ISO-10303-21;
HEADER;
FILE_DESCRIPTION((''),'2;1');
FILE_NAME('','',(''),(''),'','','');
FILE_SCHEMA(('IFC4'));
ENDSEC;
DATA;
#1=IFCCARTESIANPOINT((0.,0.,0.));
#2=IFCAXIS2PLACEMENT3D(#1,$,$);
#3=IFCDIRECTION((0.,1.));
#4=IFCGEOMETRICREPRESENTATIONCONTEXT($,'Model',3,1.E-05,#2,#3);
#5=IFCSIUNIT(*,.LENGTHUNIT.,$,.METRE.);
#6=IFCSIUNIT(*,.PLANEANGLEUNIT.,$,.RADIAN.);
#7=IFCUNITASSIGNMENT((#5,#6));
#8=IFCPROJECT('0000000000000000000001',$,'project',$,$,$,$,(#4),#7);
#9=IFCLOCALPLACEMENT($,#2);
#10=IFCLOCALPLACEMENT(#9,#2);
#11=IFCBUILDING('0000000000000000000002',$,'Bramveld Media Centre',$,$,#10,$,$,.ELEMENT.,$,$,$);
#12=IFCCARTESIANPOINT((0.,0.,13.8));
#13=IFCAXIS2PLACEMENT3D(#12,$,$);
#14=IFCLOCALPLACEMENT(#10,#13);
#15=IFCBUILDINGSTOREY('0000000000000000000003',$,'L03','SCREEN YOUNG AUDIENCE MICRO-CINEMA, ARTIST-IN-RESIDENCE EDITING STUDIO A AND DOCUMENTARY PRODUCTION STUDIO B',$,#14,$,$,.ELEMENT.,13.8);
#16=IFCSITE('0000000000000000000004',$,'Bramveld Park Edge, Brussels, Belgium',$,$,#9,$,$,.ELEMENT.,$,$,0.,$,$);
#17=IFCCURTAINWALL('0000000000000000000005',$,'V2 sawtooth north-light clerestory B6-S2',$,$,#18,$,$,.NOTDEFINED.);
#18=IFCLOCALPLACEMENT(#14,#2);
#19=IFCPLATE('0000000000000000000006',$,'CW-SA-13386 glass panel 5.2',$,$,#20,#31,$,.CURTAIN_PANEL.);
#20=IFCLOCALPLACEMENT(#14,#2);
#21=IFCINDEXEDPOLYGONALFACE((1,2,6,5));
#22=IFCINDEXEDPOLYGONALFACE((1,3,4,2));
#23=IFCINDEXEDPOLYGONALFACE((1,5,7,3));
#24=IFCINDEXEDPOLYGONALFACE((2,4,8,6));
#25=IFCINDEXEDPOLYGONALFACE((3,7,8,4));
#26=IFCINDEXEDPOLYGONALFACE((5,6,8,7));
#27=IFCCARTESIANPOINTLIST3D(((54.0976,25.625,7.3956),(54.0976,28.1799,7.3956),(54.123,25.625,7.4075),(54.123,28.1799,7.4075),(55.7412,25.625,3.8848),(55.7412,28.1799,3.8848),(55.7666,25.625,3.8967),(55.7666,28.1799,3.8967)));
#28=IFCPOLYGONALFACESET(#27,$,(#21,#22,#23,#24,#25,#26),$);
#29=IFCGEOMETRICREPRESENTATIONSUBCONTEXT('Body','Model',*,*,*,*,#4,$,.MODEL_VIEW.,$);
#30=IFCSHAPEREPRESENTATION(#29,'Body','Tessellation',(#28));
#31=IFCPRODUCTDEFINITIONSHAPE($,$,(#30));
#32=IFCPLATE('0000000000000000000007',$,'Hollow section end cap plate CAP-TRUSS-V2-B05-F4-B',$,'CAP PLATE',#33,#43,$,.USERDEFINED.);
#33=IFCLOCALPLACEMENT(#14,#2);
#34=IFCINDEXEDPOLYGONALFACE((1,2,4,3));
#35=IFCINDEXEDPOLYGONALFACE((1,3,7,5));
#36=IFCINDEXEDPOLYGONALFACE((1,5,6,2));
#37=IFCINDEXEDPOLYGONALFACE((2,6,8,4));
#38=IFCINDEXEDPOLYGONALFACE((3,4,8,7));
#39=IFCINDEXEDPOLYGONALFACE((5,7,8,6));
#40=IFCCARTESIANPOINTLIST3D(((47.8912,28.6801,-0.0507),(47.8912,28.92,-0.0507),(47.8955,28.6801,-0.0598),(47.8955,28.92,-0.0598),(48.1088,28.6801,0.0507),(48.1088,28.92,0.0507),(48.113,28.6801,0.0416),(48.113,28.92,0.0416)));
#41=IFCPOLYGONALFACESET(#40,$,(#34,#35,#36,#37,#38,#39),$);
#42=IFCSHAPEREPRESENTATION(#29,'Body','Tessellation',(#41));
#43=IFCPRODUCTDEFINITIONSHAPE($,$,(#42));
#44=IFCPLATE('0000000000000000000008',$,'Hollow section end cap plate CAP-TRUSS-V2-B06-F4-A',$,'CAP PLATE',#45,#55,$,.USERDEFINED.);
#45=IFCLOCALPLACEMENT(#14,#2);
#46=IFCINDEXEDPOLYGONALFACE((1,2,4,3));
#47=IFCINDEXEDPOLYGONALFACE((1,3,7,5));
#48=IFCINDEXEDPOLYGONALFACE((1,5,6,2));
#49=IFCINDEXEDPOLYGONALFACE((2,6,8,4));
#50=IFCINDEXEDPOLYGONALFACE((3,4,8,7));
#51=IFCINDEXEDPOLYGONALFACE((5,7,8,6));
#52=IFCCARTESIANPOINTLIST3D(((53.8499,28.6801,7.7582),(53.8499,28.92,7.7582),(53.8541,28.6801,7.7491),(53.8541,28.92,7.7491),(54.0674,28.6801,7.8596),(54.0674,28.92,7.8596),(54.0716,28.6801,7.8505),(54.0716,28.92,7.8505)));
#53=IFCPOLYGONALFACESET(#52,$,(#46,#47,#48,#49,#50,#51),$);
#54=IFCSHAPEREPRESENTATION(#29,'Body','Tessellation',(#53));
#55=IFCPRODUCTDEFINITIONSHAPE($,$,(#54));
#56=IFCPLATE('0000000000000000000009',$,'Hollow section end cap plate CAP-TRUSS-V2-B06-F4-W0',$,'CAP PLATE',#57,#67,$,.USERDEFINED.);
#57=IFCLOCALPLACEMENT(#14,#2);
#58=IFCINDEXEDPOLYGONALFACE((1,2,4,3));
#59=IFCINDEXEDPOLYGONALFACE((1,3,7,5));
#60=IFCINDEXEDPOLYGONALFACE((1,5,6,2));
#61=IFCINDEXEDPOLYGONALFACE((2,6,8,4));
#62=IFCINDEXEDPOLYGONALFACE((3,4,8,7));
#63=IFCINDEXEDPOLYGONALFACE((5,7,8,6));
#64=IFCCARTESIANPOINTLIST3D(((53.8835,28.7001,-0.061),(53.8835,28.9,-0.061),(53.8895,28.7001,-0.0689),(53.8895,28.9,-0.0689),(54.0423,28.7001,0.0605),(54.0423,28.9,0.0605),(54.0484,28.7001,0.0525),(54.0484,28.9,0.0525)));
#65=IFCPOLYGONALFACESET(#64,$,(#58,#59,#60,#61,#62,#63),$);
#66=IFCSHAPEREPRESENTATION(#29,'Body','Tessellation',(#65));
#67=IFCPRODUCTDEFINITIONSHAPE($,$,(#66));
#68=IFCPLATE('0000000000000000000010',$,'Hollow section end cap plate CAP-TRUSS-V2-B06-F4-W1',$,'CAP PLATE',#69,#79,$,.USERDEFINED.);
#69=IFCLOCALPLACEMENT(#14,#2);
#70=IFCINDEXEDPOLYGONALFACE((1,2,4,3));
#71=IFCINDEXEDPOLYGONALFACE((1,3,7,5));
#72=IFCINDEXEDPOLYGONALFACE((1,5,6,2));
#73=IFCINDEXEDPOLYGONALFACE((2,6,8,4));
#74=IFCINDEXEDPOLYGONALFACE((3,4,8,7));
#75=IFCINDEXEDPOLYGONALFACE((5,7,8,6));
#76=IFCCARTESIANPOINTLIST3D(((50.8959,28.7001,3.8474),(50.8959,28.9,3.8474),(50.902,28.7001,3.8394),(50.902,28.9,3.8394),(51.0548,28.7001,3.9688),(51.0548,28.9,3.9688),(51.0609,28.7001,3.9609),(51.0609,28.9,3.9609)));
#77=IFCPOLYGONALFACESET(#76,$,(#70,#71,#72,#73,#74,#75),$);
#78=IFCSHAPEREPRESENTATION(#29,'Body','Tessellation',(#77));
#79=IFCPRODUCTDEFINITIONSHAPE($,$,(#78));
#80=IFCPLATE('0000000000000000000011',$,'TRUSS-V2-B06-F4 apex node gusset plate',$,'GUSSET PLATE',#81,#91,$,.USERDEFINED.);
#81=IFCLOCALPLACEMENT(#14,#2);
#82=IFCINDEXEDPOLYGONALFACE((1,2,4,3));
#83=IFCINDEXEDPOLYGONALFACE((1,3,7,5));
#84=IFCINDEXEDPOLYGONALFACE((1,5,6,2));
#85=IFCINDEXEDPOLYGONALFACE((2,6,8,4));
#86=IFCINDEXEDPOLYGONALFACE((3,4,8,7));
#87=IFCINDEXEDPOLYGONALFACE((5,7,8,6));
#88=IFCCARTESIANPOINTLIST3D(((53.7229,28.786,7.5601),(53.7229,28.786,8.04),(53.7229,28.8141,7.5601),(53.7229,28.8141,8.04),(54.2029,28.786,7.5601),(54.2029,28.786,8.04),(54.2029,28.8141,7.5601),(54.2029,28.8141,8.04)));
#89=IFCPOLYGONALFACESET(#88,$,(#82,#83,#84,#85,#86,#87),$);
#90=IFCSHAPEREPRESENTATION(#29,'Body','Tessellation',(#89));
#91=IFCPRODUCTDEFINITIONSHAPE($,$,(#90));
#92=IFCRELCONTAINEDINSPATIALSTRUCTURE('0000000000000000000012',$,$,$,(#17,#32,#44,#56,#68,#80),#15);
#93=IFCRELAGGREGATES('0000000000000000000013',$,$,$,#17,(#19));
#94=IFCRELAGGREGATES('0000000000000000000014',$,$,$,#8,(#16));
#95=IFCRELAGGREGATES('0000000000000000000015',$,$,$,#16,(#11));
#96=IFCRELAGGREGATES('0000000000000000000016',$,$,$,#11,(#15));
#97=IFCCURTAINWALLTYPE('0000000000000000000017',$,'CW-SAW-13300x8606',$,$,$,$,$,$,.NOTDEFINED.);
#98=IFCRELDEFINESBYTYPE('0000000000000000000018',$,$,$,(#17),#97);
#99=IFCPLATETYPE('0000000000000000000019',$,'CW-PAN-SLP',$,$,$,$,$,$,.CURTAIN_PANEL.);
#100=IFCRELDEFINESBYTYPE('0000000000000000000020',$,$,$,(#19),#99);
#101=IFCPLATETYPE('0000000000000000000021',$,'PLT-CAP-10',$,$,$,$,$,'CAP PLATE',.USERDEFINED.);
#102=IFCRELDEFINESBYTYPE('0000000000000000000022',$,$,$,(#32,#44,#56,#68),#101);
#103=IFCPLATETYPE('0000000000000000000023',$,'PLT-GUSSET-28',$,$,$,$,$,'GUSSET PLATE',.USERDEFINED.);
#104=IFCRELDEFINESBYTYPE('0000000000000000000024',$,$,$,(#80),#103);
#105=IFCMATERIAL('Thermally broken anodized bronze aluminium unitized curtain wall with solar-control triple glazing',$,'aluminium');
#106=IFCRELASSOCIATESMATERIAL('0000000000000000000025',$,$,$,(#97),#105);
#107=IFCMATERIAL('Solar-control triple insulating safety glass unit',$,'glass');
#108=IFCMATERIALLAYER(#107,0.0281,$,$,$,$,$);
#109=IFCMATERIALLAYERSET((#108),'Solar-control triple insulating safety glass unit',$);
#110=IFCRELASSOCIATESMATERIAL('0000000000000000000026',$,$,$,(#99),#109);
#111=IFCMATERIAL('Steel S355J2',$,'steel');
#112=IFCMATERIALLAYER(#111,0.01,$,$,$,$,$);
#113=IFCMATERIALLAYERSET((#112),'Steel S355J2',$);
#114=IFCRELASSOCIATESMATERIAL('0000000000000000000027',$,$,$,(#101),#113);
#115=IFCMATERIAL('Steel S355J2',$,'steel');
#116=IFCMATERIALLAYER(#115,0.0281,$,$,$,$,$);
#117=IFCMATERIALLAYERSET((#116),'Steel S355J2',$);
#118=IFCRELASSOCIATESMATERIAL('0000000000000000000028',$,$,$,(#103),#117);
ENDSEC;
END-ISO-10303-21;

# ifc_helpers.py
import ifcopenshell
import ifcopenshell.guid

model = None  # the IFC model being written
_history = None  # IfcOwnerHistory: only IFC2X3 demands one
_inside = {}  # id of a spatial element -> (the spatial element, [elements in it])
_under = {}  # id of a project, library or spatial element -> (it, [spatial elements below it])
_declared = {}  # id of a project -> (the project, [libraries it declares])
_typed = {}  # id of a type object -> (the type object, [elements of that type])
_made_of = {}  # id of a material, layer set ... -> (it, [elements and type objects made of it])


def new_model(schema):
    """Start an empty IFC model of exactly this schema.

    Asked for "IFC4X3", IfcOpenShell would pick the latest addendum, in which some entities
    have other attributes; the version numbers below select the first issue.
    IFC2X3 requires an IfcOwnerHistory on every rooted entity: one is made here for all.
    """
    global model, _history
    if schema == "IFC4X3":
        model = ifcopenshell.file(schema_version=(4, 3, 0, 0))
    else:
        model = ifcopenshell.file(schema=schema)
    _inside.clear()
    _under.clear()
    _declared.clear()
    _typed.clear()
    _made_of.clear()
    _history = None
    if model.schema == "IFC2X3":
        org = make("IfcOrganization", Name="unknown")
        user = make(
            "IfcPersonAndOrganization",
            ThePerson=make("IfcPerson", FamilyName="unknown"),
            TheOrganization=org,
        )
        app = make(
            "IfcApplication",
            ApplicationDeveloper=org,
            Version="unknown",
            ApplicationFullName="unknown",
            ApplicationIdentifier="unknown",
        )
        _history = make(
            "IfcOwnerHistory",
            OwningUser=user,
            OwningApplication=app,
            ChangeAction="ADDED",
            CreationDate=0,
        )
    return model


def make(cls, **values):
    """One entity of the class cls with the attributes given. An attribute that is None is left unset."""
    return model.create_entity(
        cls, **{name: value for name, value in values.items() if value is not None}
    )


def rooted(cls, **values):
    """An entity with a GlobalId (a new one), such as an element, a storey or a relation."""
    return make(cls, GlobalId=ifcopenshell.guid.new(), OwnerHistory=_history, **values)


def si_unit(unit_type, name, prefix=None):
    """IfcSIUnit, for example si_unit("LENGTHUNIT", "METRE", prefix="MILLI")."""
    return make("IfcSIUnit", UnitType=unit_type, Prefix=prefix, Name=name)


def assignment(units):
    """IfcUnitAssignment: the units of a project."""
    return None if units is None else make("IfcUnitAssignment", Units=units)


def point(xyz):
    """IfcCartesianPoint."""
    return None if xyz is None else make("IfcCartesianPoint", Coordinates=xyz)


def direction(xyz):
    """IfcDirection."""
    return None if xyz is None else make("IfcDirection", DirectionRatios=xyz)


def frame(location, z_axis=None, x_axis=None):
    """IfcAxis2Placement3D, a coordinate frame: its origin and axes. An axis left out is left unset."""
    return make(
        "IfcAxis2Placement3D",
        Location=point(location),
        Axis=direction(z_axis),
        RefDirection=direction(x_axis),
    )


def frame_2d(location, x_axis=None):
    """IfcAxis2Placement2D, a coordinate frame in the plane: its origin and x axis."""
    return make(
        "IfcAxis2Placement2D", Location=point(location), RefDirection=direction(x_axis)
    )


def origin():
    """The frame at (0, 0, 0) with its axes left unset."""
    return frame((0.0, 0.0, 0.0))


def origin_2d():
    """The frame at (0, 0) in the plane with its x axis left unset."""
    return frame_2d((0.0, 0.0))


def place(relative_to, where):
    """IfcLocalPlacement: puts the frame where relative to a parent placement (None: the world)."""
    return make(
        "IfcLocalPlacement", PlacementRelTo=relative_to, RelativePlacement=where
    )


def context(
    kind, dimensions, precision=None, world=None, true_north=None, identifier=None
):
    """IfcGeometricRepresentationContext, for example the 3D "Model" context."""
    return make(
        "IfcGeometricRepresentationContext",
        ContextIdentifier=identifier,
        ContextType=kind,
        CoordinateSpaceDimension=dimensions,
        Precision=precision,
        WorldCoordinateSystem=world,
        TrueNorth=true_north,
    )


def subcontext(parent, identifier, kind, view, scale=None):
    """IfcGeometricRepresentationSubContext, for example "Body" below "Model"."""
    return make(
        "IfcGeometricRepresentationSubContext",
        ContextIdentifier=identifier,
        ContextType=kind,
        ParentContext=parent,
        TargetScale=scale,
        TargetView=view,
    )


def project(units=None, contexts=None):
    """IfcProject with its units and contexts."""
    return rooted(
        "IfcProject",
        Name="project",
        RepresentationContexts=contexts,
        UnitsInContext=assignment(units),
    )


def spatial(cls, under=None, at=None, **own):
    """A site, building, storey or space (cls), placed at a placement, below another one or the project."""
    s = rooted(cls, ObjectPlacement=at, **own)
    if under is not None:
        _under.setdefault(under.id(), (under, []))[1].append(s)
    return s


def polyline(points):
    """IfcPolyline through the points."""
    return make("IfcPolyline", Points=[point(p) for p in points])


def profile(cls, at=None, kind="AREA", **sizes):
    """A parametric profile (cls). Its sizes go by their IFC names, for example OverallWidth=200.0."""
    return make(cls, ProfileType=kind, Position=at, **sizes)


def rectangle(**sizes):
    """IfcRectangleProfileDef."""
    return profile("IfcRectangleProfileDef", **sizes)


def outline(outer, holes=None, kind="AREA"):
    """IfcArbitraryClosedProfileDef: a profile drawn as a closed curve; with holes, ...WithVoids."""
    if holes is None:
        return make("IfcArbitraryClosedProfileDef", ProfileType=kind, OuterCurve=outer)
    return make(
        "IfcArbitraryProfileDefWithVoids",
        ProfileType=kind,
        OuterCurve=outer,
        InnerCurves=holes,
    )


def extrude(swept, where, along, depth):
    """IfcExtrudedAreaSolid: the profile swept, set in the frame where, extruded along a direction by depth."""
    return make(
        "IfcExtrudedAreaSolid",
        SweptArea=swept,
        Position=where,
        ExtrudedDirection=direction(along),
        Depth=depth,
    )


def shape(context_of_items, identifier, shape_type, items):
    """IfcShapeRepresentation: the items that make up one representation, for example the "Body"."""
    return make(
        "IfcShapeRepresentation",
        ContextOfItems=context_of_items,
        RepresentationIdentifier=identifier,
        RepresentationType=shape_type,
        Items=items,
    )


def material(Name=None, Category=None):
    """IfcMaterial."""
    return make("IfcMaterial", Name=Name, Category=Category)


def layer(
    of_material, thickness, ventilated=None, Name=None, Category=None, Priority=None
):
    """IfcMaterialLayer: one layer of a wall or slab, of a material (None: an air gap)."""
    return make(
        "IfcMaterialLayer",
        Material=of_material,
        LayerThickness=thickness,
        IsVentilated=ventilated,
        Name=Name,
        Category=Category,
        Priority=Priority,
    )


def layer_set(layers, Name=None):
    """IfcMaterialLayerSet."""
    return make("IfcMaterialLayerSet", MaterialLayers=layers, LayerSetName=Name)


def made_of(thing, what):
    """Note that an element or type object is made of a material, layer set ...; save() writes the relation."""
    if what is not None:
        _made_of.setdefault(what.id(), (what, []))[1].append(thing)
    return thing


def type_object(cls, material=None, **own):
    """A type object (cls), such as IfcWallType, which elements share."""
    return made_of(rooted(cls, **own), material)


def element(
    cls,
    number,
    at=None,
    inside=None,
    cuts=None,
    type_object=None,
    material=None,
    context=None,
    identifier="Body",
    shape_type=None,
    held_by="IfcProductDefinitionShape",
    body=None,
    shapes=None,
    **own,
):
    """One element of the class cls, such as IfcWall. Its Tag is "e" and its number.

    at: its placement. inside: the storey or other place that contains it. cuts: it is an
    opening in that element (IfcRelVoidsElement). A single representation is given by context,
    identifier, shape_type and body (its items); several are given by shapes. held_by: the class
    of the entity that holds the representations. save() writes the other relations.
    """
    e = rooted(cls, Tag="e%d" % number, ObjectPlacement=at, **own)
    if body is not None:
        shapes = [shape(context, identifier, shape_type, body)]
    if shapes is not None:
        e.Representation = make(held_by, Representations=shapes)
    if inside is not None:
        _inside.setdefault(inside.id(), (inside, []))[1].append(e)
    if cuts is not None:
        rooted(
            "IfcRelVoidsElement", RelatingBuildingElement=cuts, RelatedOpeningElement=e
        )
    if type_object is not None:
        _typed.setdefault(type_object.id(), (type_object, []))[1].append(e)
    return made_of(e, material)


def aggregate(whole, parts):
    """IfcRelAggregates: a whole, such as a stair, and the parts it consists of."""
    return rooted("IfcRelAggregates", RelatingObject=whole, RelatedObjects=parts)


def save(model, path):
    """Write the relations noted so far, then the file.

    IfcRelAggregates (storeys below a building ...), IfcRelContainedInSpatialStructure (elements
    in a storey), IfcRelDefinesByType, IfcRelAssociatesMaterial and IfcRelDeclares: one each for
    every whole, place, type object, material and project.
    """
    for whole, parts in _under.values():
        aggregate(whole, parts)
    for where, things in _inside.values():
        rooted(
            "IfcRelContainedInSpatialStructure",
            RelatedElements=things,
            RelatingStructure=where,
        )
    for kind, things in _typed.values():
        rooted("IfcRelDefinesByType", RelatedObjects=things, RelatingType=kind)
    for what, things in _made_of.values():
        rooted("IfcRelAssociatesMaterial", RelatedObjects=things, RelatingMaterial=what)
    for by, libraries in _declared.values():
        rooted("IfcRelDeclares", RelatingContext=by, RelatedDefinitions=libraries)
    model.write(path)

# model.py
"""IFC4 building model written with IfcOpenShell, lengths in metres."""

from ifc_helpers import new_model, si_unit, direction, frame, origin, origin_2d, place, context, subcontext, project, spatial, polyline, rectangle, outline, extrude, material, layer, layer_set, type_object, element, aggregate, save


model = new_model("IFC4")

# Units and contexts
model_context = context("Model", 3, precision=1e-05, world=origin(), true_north=direction((0.0, 1.0)))
body_context = subcontext(model_context, "Body", "Model", "MODEL_VIEW")
ifc_project = project(units=[si_unit("LENGTHUNIT", "METRE"), si_unit("PLANEANGLEUNIT", "RADIAN")], contexts=[model_context])

# Site, building, storey
site_placement = place(None, origin())
site = spatial("IfcSite", under=ifc_project, at=site_placement, Name="Bramveld Park Edge, Brussels, Belgium", CompositionType="ELEMENT", RefElevation=0.0)
building_placement = place(site_placement, origin())
building = spatial("IfcBuilding", under=site, at=building_placement, Name="Bramveld Media Centre", CompositionType="ELEMENT")
storey_placement = place(building_placement, frame((0.0, 0.0, 13.8)))
storey = spatial("IfcBuildingStorey", under=building, at=storey_placement, Name="L03", Description="SCREEN YOUNG AUDIENCE MICRO-CINEMA, ARTIST-IN-RESIDENCE EDITING STUDIO A AND DOCUMENTARY PRODUCTION STUDIO B", CompositionType="ELEMENT", Elevation=13.8)

# Curtain wall
ifc_material_1 = material(Name="Thermally broken anodized bronze aluminium unitized curtain wall with solar-control triple glazing", Category="aluminium")
curtain_wall_type = type_object("IfcCurtainWallType", Name="CW-SAW-13300x8606", PredefinedType="NOTDEFINED", material=ifc_material_1)
curtain_wall_1_placement = place(storey_placement, origin())
curtain_wall_1 = element("IfcCurtainWall", 1, at=curtain_wall_1_placement, inside=storey, type_object=curtain_wall_type, Name="V2 sawtooth north-light clerestory B6-S2", PredefinedType="NOTDEFINED")

# Plate
ifc_material_2 = material(Name="Solar-control triple insulating safety glass unit", Category="glass")
ifc_layer_1 = layer(ifc_material_2, 0.0281)
ifc_layer_set_1 = layer_set([ifc_layer_1], Name="Solar-control triple insulating safety glass unit")
plate_type_1 = type_object("IfcPlateType", Name="CW-PAN-SLP", PredefinedType="CURTAIN_PANEL", material=ifc_layer_set_1)
plate_1_placement = place(storey_placement, frame((55.7666, 25.625, 3.8967), z_axis=(0.905668, 0.0, 0.423988), x_axis=(0.0, 1.0, 0.0)))
plate_1 = element("IfcPlate", 2, at=plate_1_placement, type_object=plate_type_1, Name="CW-SA-13386 glass panel 5.2", PredefinedType="CURTAIN_PANEL", context=body_context, shape_type="SweptSolid", body=[
    extrude(outline(polyline([(0.0, 0.0), (2.5549, 0.0), (2.5549, 3.8764), (0.0, 3.8764), (0.0, 0.0)])), origin(), (0.0, 0.0, -1.0), 0.0281),
])
aggregate(curtain_wall_1, [plate_1])

# Plates
ifc_material_3 = material(Name="Steel S355J2", Category="steel")
ifc_layer_2 = layer(ifc_material_3, 0.01)
ifc_layer_set_2 = layer_set([ifc_layer_2], Name="Steel S355J2")
plate_type_2 = type_object("IfcPlateType", Name="PLT-CAP-10", ElementType="CAP PLATE", PredefinedType="USERDEFINED", material=ifc_layer_set_2)
for number, where, z_axis, x_axis, name in (
    (3, (48.0, 28.8, 0.0), (0.422618, 0.0, -0.906308), (0.0, 1.0, 0.0), "Hollow section end cap plate CAP-TRUSS-V2-B05-F4-B"),
    (4, (53.9629, 28.8, 7.7998), (-0.422618, 0.0, 0.906308), (0.0, -1.0, 0.0), "Hollow section end cap plate CAP-TRUSS-V2-B06-F4-A"),
):
    element("IfcPlate", number, at=place(storey_placement, frame(where, z_axis=z_axis, x_axis=x_axis)), inside=storey, type_object=plate_type_2, Name=name, ObjectType="CAP PLATE", PredefinedType="USERDEFINED", context=body_context, shape_type="SweptSolid", body=[
        extrude(rectangle(XDim=0.24, YDim=0.24, at=origin_2d()), origin(), (0.0, 0.0, 1.0), 0.01),
    ])
for number, where, z_axis, x_axis, name in (
    (5, (53.9629, 28.8, -0.0002), (0.607328, 0.0, -0.794451), (0.0, 1.0, 0.0), "Hollow section end cap plate CAP-TRUSS-V2-B06-F4-W0"),
    (6, (50.9814, 28.8, 3.9001), (-0.607328, 0.0, 0.794451), (0.0, -1.0, 0.0), "Hollow section end cap plate CAP-TRUSS-V2-B06-F4-W1"),
):
    element("IfcPlate", number, at=place(storey_placement, frame(where, z_axis=z_axis, x_axis=x_axis)), inside=storey, type_object=plate_type_2, Name=name, ObjectType="CAP PLATE", PredefinedType="USERDEFINED", context=body_context, shape_type="SweptSolid", body=[
        extrude(rectangle(XDim=0.2, YDim=0.2, at=origin_2d()), origin(), (0.0, 0.0, 1.0), 0.01),
    ])
ifc_material_4 = material(Name="Steel S355J2", Category="steel")
ifc_layer_3 = layer(ifc_material_4, 0.0281)
ifc_layer_set_3 = layer_set([ifc_layer_3], Name="Steel S355J2")
plate_type_3 = type_object("IfcPlateType", Name="PLT-GUSSET-28", ElementType="GUSSET PLATE", PredefinedType="USERDEFINED", material=ifc_layer_set_3)
plate_2_placement = place(storey_placement, frame((53.9629, 28.8, 7.5601), z_axis=(0.0, 0.0, 1.0), x_axis=(1.0, 0.0, 0.0)))
element("IfcPlate", 7, at=plate_2_placement, inside=storey, type_object=plate_type_3, Name="TRUSS-V2-B06-F4 apex node gusset plate", ObjectType="GUSSET PLATE", PredefinedType="USERDEFINED", context=body_context, shape_type="SweptSolid", body=[
    extrude(rectangle(XDim=0.48, YDim=0.0281, at=origin_2d()), origin(), (0.0, 0.0, 1.0), 0.48),
])

save(model, "model.ifc")
